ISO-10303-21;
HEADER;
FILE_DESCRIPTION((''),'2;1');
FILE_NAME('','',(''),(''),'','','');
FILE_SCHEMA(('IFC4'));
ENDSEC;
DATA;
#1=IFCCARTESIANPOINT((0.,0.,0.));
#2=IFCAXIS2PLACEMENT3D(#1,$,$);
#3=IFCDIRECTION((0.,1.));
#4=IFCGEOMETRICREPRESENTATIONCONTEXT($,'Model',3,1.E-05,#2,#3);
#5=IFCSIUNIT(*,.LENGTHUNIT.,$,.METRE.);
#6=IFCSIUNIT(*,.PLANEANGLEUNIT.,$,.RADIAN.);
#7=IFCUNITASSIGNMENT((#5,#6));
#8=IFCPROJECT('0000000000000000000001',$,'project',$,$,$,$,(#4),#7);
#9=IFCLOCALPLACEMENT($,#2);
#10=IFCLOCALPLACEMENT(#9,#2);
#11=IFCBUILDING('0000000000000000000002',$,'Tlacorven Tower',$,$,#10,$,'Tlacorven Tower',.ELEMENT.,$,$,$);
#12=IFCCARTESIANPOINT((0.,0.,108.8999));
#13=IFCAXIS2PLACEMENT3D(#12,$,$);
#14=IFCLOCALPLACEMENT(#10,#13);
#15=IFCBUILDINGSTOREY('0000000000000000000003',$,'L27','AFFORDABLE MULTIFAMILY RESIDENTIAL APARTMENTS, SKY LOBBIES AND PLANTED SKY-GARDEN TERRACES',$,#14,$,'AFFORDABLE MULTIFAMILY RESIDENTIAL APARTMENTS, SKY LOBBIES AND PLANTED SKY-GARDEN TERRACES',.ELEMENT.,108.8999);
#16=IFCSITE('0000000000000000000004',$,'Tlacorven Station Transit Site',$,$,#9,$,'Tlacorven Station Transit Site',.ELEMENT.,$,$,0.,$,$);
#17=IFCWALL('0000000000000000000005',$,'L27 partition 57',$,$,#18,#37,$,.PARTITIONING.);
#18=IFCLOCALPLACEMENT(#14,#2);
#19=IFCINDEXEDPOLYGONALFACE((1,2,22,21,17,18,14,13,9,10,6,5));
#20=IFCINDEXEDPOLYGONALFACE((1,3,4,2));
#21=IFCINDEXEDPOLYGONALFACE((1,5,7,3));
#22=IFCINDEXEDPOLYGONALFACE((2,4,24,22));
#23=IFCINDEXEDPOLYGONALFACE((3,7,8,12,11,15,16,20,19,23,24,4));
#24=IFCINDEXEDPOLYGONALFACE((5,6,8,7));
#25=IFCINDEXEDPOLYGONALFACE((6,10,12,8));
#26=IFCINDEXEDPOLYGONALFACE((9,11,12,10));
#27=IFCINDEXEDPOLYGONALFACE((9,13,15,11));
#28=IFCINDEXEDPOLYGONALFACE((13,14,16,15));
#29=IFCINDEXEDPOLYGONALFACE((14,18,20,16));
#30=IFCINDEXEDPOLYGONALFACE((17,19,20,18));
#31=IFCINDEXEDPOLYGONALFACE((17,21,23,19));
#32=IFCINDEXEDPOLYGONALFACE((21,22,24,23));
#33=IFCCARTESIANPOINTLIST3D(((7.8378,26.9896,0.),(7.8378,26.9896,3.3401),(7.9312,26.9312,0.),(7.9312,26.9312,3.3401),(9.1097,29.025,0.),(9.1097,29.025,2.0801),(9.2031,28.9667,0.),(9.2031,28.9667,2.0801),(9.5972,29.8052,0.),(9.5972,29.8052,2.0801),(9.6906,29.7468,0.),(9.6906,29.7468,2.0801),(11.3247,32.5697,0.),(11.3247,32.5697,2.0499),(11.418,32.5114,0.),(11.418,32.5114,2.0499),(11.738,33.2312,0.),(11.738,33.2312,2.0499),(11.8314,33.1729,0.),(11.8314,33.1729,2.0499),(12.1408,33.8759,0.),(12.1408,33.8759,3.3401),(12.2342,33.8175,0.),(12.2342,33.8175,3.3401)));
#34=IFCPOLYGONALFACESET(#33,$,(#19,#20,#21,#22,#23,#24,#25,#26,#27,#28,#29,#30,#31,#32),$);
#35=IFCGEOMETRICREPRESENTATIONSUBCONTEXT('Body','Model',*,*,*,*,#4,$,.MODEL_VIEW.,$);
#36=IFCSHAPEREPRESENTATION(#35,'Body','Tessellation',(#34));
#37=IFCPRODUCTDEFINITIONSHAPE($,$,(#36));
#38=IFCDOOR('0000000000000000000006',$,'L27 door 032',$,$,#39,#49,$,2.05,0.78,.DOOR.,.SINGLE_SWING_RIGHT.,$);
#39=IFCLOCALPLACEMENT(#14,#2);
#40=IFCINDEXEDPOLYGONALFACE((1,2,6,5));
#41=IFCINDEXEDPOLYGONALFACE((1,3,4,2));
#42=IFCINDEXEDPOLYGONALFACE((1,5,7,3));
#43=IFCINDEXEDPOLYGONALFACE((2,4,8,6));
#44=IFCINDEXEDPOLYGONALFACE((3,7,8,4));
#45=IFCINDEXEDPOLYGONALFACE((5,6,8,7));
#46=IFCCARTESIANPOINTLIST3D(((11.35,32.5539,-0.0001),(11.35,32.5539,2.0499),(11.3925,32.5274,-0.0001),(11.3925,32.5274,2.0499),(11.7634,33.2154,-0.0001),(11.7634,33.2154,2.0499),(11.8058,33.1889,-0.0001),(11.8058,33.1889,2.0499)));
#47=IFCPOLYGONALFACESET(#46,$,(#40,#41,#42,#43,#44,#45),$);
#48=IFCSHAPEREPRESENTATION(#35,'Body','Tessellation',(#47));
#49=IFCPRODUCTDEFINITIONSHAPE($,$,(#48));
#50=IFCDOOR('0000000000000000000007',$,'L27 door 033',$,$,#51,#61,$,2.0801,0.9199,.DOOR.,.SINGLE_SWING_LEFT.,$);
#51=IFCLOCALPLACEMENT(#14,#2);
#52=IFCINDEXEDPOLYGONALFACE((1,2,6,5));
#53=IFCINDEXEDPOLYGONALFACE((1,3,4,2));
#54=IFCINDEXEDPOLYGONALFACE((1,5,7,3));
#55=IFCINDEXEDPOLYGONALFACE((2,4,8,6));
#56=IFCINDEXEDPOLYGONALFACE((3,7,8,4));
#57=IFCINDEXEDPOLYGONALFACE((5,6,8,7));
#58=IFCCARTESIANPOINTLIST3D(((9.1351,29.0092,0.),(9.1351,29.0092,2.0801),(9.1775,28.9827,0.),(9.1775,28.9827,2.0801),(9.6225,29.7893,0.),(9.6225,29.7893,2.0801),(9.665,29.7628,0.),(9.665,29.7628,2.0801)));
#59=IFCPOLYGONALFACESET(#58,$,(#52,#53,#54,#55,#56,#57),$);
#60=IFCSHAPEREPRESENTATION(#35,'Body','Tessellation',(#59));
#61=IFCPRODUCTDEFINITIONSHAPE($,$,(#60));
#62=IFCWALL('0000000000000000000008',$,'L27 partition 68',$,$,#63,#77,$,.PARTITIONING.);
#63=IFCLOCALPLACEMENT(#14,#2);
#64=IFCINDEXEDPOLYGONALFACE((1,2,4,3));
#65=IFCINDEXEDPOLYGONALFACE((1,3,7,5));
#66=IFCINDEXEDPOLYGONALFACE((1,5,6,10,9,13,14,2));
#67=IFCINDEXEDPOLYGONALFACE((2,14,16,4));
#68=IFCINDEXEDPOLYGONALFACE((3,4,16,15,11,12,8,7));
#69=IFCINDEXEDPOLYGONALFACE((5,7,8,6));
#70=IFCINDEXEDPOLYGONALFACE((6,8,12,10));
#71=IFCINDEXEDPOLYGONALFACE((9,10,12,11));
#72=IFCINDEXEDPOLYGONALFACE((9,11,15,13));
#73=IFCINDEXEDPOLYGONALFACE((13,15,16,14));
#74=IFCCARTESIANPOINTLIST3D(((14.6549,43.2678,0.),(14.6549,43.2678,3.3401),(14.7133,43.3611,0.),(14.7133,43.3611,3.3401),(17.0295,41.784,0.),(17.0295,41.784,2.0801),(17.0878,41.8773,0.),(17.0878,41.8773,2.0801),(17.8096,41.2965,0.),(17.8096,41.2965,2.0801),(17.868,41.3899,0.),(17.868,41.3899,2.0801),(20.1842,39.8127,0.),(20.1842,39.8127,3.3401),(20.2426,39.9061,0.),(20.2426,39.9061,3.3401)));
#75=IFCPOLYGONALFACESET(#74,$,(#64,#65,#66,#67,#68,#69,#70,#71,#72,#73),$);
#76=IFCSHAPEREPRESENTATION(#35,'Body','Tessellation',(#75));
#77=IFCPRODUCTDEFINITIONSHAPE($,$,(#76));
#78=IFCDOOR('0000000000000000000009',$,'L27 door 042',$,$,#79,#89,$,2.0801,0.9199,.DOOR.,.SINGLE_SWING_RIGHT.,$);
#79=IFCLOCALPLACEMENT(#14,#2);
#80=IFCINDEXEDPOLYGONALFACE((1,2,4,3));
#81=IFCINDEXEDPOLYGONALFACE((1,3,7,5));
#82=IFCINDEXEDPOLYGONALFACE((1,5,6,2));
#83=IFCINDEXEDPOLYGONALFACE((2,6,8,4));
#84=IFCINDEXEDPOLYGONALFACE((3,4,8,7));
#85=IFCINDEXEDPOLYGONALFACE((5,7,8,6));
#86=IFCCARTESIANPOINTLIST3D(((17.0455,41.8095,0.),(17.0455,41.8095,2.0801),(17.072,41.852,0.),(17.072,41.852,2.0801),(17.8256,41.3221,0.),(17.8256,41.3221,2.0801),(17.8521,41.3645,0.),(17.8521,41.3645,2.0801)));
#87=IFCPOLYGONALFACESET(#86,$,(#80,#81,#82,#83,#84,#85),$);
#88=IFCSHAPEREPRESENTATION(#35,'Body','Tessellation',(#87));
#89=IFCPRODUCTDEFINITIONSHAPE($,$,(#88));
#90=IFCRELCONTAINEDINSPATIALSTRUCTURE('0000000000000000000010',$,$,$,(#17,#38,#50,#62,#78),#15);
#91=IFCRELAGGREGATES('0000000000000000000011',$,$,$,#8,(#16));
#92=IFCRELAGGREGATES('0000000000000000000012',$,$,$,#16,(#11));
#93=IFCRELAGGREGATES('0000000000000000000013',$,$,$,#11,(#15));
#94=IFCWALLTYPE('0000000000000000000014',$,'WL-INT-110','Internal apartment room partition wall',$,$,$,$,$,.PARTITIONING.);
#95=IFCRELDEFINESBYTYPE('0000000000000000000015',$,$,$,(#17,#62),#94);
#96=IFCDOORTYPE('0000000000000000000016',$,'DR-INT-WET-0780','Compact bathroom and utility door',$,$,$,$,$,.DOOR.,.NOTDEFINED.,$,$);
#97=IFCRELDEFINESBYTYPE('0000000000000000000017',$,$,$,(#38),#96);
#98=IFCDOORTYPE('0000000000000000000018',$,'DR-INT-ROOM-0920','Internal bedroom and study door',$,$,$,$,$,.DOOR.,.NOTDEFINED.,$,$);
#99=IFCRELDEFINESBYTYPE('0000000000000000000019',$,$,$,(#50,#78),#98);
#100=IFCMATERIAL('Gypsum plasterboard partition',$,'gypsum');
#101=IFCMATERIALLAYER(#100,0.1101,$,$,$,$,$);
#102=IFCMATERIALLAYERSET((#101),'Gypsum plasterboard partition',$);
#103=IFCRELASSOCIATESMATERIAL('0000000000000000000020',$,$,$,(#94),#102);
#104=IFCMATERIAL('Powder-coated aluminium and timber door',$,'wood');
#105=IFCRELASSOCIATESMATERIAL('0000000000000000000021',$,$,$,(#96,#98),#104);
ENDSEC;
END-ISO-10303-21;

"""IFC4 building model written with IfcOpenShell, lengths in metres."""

from ifc_helpers import new_model, si_unit, direction, frame, frame_2d, origin, place, context, subcontext, project, spatial, rectangle, extrude, source, transform, mapped, material, layer, layer_set, type_object, element, fill, save


model = new_model("IFC4")

# Units and contexts
model_context = context("Model", 3, precision=1e-05, world=origin(), true_north=direction((0.0, 1.0)))
body_context = subcontext(model_context, "Body", "Model", "MODEL_VIEW")
ifc_project = project(units=[si_unit("LENGTHUNIT", "METRE"), si_unit("PLANEANGLEUNIT", "RADIAN")], contexts=[model_context])

# Site, building, storey
site_placement = place(None, origin())
site = spatial("IfcSite", under=ifc_project, at=site_placement, Name="Tlacorven Station Transit Site", LongName="Tlacorven Station Transit Site", CompositionType="ELEMENT", RefElevation=0.0)
building_placement = place(site_placement, origin())
building = spatial("IfcBuilding", under=site, at=building_placement, Name="Tlacorven Tower", LongName="Tlacorven Tower", CompositionType="ELEMENT")
storey_placement = place(building_placement, frame((0.0, 0.0, 108.8999)))
storey = spatial("IfcBuildingStorey", under=building, at=storey_placement, Name="L27", Description="AFFORDABLE MULTIFAMILY RESIDENTIAL APARTMENTS, SKY LOBBIES AND PLANTED SKY-GARDEN TERRACES", LongName="AFFORDABLE MULTIFAMILY RESIDENTIAL APARTMENTS, SKY LOBBIES AND PLANTED SKY-GARDEN TERRACES", CompositionType="ELEMENT", Elevation=108.8999)

# Wall, openings, doors
ifc_material_1 = material(Name="Gypsum plasterboard partition", Category="gypsum")
ifc_layer_1 = layer(ifc_material_1, 0.1101)
ifc_layer_set_1 = layer_set([ifc_layer_1], Name="Gypsum plasterboard partition")
wall_type_1 = type_object("IfcWallType", Name="WL-INT-110", Description="Internal apartment room partition wall", PredefinedType="PARTITIONING", material=ifc_layer_set_1)
wall_1_placement = place(storey_placement, frame((12.1875, 33.8467, 0.0), z_axis=(0.0, 0.0, 1.0), x_axis=(-0.529918, -0.848049, 0.0)))
wall_1 = element("IfcWall", 1, at=wall_1_placement, inside=storey, type_object=wall_type_1, Name="L27 partition 57", PredefinedType="PARTITIONING", context=body_context, shape_type="SweptSolid", body=[
    extrude(rectangle(XDim=8.1201, YDim=0.1101, at=frame_2d((4.0601, 0.0))), origin(), (0.0, 0.0, 1.0), 3.3401),
])
opening_1_placement = place(wall_1_placement, frame((0.76, 0.0, 0.0)))
opening_1 = element("IfcOpeningElement", 2, at=opening_1_placement, cuts=wall_1, PredefinedType="OPENING", context=body_context, shape_type="SweptSolid", body=[
    extrude(rectangle(XDim=0.78, YDim=2.05, at=frame_2d((0.3901, 1.0249))), frame((0.0, 0.0649, 0.0), z_axis=(0.0, -1.0, 0.0), x_axis=(1.0, 0.0, 0.0)), (0.0, 0.0, 1.0), 0.1301),
])
opening_2_placement = place(wall_1_placement, frame((4.8, 0.0, 0.0)))
opening_2 = element("IfcOpeningElement", 3, at=opening_2_placement, cuts=wall_1, PredefinedType="OPENING", context=body_context, shape_type="SweptSolid", body=[
    extrude(rectangle(XDim=0.9199, YDim=2.0801, at=frame_2d((0.46, 1.04))), frame((0.0, 0.0649, 0.0), z_axis=(0.0, -1.0, 0.0), x_axis=(1.0, 0.0, 0.0)), (0.0, 0.0, 1.0), 0.1301),
])
ifc_material_2 = material(Name="Powder-coated aluminium and timber door", Category="wood")
door_type_1 = type_object("IfcDoorType", Name="DR-INT-WET-0780", Description="Compact bathroom and utility door", OperationType="NOTDEFINED", PredefinedType="DOOR", material=ifc_material_2)
shared_shape_1 = source(origin(), body_context, "Body", "SweptSolid", [
    extrude(rectangle(XDim=0.78, YDim=2.05, at=frame_2d((0.3901, 1.0249))), frame((0.0, 0.0249, 0.0), z_axis=(0.0, -1.0, 0.0), x_axis=(1.0, 0.0, 0.0)), (0.0, 0.0, 1.0), 0.05),
])
door_1_placement = place(opening_1_placement, origin())
door_1 = element("IfcDoor", 4, at=door_1_placement, inside=storey, type_object=door_type_1, Name="L27 door 032", OperationType="SINGLE_SWING_RIGHT", OverallHeight=2.05, OverallWidth=0.78, PredefinedType="DOOR", context=body_context, shape_type="MappedRepresentation", body=[
    mapped(shared_shape_1, transform((0.0, 0.0, 0.0), scale=1.0)),
])
fill(opening_1, door_1)
door_type_2 = type_object("IfcDoorType", Name="DR-INT-ROOM-0920", Description="Internal bedroom and study door", OperationType="NOTDEFINED", PredefinedType="DOOR", material=ifc_material_2)
shared_shape_2 = source(origin(), body_context, "Body", "SweptSolid", [
    extrude(rectangle(XDim=0.9199, YDim=2.0801, at=frame_2d((0.46, 1.04))), frame((0.0, 0.0249, 0.0), z_axis=(0.0, -1.0, 0.0), x_axis=(1.0, 0.0, 0.0)), (0.0, 0.0, 1.0), 0.05),
])
door_2_placement = place(opening_2_placement, origin())
door_2 = element("IfcDoor", 5, at=door_2_placement, inside=storey, type_object=door_type_2, Name="L27 door 033", OperationType="SINGLE_SWING_LEFT", OverallHeight=2.0801, OverallWidth=0.9199, PredefinedType="DOOR", context=body_context, shape_type="MappedRepresentation", body=[
    mapped(shared_shape_2, transform((0.0, 0.0, 0.0), scale=1.0)),
])
fill(opening_2, door_2)

# Wall, opening, door
wall_2_placement = place(storey_placement, frame((20.2134, 39.8594, 0.0), z_axis=(0.0, 0.0, 1.0), x_axis=(-0.848049, 0.529918, 0.0)))
wall_2 = element("IfcWall", 6, at=wall_2_placement, inside=storey, type_object=wall_type_1, Name="L27 partition 68", PredefinedType="PARTITIONING", context=body_context, shape_type="SweptSolid", body=[
    extrude(rectangle(XDim=6.52, YDim=0.1101, at=frame_2d((3.26, 0.0))), origin(), (0.0, 0.0, 1.0), 3.3401),
])
opening_3_placement = place(wall_2_placement, frame((2.8, 0.0, 0.0)))
opening_3 = element("IfcOpeningElement", 7, at=opening_3_placement, cuts=wall_2, PredefinedType="OPENING", context=body_context, shape_type="SweptSolid", body=[
    extrude(rectangle(XDim=0.9199, YDim=2.0801, at=frame_2d((0.46, 1.04))), frame((0.0, 0.0649, 0.0), z_axis=(0.0, -1.0, 0.0), x_axis=(1.0, 0.0, 0.0)), (0.0, 0.0, 1.0), 0.1301),
])
door_3_placement = place(opening_3_placement, origin())
door_3 = element("IfcDoor", 8, at=door_3_placement, inside=storey, type_object=door_type_2, Name="L27 door 042", OperationType="SINGLE_SWING_RIGHT", OverallHeight=2.0801, OverallWidth=0.9199, PredefinedType="DOOR", context=body_context, shape_type="MappedRepresentation", body=[
    mapped(shared_shape_2, transform((0.0, 0.0, 0.0), scale=1.0)),
])
fill(opening_3, door_3)

save(model, "model.ifc")
